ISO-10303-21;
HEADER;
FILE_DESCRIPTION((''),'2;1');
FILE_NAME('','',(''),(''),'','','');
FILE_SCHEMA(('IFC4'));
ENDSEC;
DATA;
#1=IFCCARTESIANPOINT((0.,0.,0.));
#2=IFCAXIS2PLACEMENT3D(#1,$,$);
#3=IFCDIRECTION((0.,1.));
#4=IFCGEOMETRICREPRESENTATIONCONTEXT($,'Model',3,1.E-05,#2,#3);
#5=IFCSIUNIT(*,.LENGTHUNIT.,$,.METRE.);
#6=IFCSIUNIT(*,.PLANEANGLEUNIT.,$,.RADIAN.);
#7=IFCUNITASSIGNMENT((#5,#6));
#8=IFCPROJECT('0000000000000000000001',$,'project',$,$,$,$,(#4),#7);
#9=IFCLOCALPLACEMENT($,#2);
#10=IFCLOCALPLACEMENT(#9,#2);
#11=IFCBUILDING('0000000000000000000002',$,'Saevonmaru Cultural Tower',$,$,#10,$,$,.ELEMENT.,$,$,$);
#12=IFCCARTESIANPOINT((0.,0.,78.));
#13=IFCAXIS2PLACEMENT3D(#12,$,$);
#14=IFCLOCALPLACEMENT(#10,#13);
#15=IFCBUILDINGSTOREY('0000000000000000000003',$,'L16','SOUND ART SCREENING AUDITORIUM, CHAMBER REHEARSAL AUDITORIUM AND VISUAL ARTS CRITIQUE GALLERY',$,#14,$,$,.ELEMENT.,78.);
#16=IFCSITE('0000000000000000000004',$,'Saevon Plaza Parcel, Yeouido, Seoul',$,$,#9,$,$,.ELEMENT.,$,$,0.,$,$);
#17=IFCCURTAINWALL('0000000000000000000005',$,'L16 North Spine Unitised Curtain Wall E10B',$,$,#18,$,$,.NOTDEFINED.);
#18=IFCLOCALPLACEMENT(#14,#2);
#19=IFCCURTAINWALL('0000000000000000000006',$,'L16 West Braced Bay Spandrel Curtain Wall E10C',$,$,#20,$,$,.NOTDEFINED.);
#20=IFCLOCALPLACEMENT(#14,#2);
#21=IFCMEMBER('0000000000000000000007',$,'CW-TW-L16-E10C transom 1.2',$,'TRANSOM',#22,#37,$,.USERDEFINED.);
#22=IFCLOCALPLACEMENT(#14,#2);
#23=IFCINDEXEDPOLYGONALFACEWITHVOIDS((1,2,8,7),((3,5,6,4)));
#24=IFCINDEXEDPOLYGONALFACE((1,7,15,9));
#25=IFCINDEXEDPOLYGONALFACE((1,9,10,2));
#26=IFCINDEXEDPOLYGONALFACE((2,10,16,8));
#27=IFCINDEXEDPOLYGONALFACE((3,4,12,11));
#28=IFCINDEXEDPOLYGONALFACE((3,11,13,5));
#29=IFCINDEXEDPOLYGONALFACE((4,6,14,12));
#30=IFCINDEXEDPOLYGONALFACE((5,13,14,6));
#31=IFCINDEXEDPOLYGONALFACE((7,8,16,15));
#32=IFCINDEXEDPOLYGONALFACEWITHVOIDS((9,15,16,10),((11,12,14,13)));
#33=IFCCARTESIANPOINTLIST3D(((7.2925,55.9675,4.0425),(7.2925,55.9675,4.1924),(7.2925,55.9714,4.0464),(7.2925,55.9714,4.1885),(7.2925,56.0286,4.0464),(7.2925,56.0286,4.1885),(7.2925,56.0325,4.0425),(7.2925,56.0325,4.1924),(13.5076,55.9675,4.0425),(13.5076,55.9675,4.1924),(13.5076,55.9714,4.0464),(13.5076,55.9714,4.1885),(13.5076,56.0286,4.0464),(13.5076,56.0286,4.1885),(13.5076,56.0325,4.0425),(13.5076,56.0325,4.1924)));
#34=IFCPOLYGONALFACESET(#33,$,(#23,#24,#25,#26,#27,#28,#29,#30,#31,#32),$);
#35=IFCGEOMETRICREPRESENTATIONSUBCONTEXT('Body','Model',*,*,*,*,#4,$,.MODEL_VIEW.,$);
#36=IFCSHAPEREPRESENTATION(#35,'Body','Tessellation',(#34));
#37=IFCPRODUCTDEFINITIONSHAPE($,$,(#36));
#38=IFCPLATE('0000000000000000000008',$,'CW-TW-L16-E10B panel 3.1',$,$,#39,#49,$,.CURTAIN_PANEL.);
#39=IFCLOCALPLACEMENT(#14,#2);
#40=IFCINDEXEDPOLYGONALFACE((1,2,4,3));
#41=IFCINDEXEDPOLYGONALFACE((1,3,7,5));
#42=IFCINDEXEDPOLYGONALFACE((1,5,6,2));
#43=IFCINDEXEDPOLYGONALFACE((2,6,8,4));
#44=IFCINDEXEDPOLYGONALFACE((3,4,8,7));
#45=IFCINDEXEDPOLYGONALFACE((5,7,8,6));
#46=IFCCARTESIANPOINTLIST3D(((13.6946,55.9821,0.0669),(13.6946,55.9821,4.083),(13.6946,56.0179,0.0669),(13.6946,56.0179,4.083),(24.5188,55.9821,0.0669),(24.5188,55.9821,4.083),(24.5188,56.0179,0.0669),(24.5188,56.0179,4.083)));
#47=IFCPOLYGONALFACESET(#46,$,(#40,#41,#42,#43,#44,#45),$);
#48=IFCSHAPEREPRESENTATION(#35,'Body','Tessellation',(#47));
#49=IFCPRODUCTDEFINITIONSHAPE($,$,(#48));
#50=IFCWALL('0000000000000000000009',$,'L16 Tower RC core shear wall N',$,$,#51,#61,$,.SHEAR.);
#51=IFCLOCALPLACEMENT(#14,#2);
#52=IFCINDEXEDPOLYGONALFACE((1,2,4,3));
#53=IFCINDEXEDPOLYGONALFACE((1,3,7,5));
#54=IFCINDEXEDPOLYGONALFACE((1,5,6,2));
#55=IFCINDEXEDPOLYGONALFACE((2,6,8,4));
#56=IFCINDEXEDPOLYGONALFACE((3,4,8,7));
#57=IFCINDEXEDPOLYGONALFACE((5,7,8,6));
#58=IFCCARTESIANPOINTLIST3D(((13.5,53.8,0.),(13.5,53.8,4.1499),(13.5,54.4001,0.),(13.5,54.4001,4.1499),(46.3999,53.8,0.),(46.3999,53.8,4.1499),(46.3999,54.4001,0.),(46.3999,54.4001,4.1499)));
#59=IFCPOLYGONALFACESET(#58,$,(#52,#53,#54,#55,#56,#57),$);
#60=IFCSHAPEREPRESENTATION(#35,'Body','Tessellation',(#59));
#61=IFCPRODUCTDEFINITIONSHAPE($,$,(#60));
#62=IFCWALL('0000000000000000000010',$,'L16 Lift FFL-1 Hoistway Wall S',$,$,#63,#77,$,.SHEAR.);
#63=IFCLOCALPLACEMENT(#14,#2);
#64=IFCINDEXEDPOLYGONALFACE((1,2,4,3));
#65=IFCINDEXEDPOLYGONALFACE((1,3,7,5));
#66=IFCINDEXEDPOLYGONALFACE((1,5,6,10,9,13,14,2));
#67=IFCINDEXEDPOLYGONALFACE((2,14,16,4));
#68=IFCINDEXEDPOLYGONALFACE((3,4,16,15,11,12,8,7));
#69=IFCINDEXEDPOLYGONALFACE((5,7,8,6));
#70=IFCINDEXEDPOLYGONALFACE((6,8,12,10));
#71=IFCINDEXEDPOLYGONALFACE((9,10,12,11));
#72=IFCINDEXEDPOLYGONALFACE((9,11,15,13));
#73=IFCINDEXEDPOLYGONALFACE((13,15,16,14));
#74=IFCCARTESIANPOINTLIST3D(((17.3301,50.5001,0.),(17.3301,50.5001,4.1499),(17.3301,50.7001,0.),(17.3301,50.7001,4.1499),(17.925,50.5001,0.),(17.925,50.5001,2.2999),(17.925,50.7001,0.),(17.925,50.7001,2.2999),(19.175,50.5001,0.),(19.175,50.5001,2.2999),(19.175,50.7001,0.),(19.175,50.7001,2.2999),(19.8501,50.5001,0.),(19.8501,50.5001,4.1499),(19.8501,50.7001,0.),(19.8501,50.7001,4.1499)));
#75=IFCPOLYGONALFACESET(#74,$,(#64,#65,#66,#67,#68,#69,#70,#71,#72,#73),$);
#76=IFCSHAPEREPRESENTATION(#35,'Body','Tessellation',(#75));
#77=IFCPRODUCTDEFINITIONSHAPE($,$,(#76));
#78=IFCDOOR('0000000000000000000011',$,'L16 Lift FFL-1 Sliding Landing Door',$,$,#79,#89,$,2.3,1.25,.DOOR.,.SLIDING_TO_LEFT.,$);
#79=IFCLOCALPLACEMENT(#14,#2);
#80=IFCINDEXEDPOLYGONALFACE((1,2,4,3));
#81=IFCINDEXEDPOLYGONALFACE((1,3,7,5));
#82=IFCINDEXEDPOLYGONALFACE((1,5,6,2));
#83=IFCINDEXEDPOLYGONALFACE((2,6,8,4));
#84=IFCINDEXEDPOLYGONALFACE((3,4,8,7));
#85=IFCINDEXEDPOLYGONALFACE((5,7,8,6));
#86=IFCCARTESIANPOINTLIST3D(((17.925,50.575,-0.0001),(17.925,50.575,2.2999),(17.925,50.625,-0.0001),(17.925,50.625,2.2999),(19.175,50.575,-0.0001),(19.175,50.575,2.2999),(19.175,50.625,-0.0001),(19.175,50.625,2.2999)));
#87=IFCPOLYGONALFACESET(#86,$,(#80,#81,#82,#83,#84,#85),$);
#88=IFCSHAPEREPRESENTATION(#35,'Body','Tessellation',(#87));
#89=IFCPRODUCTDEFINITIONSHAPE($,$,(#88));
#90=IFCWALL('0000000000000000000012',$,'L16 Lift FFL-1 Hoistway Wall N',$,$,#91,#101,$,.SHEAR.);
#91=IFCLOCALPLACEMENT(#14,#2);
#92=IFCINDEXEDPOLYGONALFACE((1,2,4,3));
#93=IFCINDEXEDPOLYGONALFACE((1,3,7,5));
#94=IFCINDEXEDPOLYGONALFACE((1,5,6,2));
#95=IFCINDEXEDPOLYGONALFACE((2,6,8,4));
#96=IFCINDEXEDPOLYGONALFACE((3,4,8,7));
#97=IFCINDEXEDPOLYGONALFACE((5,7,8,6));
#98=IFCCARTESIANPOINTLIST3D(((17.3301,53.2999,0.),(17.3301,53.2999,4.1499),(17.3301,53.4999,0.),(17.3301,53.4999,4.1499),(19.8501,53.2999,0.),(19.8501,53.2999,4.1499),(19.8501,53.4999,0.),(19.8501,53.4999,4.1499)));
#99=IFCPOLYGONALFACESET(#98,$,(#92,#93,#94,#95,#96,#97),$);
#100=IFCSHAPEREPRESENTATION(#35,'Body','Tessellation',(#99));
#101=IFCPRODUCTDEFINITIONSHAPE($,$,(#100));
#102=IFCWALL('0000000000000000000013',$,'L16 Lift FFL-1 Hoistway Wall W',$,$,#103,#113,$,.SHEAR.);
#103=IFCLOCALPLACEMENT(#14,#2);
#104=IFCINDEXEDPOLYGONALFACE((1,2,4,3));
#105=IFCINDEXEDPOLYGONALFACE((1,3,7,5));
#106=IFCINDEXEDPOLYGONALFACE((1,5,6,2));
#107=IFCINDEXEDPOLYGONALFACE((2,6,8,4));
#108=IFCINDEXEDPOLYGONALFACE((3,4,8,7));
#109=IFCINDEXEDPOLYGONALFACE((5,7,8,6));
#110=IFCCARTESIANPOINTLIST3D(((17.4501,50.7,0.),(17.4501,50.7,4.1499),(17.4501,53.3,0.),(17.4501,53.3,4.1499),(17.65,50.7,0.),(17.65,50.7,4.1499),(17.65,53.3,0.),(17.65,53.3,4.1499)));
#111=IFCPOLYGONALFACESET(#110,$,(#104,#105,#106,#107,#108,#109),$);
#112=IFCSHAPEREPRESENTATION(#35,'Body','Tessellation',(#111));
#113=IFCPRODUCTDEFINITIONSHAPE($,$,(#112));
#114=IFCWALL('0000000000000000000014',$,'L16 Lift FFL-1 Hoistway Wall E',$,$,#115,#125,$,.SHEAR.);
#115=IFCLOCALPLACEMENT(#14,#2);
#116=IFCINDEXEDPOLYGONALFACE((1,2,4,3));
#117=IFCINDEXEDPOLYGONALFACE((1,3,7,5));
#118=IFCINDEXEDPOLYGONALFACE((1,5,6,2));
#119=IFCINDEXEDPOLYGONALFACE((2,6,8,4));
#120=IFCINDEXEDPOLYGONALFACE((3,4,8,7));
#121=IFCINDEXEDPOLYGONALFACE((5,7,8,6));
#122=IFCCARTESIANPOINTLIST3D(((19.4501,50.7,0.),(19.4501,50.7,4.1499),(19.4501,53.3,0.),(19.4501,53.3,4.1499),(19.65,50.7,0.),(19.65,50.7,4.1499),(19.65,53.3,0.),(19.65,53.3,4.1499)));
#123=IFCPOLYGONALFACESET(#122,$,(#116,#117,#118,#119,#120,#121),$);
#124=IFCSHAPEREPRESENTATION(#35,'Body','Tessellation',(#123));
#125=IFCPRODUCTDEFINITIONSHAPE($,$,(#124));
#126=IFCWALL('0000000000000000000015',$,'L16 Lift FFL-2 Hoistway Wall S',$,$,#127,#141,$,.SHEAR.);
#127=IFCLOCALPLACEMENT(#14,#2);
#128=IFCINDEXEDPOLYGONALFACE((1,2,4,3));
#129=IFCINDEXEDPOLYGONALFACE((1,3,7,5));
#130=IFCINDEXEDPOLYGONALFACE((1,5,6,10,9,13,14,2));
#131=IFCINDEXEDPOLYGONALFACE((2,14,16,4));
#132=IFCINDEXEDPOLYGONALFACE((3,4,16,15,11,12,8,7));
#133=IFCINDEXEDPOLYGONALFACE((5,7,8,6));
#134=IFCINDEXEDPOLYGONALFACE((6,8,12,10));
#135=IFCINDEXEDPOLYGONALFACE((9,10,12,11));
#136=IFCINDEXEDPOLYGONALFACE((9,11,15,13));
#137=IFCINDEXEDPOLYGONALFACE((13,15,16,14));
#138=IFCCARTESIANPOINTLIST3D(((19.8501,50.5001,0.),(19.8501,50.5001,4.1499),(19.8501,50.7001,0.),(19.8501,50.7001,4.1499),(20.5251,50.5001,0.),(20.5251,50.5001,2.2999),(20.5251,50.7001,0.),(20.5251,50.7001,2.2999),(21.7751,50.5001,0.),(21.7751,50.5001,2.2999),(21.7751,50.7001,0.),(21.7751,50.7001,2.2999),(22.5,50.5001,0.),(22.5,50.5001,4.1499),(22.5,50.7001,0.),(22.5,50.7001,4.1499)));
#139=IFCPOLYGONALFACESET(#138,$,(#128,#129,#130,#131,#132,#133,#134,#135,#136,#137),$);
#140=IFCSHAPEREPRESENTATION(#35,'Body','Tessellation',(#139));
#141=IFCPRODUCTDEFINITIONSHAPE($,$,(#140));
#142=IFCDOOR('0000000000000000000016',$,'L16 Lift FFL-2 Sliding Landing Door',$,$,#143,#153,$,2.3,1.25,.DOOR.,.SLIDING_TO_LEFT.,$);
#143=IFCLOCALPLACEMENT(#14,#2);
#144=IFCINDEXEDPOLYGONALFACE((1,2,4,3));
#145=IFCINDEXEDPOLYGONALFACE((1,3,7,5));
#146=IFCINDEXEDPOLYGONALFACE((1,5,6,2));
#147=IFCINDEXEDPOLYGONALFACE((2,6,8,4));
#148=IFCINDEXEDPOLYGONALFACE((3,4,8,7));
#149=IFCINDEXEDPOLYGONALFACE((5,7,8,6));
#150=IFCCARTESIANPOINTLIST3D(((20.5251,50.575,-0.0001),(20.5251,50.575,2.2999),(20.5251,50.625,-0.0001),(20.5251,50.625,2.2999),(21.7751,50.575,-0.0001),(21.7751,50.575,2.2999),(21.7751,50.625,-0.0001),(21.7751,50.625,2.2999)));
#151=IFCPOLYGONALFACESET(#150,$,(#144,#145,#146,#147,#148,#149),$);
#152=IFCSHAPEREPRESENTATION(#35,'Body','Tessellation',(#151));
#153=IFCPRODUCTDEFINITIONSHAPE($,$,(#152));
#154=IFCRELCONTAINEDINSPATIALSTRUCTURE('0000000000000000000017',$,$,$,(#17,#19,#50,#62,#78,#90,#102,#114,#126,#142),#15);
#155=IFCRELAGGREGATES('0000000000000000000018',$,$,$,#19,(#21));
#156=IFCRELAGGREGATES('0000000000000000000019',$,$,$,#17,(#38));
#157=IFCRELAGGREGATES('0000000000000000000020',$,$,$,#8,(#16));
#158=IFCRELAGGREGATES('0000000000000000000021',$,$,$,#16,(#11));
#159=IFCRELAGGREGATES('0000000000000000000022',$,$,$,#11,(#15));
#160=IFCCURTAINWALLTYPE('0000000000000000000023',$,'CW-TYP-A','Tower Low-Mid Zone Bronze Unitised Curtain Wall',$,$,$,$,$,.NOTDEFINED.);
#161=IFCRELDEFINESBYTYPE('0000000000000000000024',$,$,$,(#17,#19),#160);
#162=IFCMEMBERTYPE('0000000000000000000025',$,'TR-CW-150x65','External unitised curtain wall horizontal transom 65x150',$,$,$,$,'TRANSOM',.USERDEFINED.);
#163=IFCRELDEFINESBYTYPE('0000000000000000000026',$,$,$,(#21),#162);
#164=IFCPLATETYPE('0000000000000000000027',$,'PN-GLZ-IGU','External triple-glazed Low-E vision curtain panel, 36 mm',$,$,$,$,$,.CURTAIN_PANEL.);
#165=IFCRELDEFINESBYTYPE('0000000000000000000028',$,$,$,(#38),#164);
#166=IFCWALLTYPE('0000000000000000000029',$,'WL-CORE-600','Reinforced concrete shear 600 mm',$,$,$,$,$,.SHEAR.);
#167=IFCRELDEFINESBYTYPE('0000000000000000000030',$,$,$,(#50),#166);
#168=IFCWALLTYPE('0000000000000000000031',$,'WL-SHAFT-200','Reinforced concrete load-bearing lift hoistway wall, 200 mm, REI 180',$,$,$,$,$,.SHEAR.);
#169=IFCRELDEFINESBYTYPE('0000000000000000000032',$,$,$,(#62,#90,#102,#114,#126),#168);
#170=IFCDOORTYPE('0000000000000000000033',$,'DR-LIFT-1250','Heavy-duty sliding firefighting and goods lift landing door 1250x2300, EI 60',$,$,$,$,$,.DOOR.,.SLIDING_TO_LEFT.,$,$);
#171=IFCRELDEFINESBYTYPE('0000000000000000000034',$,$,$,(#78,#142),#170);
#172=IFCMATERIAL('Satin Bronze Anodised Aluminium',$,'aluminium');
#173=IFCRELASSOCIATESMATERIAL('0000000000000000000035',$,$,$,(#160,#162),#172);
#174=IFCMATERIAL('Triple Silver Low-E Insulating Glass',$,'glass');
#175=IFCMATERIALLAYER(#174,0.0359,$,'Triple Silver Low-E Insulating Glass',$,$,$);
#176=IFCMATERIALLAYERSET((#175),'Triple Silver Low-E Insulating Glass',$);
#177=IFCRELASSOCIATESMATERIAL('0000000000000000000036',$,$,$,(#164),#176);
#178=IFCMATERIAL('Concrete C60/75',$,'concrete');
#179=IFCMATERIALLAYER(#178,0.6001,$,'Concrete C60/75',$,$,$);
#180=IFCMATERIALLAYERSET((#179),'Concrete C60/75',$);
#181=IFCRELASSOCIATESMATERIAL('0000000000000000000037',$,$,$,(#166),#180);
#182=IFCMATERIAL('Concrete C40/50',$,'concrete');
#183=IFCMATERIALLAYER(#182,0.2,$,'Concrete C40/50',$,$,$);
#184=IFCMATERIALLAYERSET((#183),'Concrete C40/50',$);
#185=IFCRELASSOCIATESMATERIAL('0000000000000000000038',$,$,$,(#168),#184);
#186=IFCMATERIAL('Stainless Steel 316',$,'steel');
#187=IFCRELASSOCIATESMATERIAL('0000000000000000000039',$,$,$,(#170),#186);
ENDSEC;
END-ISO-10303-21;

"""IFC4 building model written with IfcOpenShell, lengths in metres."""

from ifc_helpers import new_model, si_unit, direction, frame, frame_2d, origin, origin_2d, place, context, subcontext, project, spatial, rectangle, hollow_rectangle, extrude, material, layer, layer_set, material_profile, profile_set, type_object, element, fill, aggregate, save


model = new_model("IFC4")

# Units and contexts
model_context = context("Model", 3, precision=1e-05, world=origin(), true_north=direction((0.0, 1.0)))
body_context = subcontext(model_context, "Body", "Model", "MODEL_VIEW")
ifc_project = project(units=[si_unit("LENGTHUNIT", "METRE"), si_unit("PLANEANGLEUNIT", "RADIAN")], contexts=[model_context])

# Site, building, storey
site_placement = place(None, origin())
site = spatial("IfcSite", under=ifc_project, at=site_placement, Name="Saevon Plaza Parcel, Yeouido, Seoul", CompositionType="ELEMENT", RefElevation=0.0)
building_placement = place(site_placement, origin())
building = spatial("IfcBuilding", under=site, at=building_placement, Name="Saevonmaru Cultural Tower", CompositionType="ELEMENT")
storey_placement = place(building_placement, frame((0.0, 0.0, 78.0)))
storey = spatial("IfcBuildingStorey", under=building, at=storey_placement, Name="L16", Description="SOUND ART SCREENING AUDITORIUM, CHAMBER REHEARSAL AUDITORIUM AND VISUAL ARTS CRITIQUE GALLERY", CompositionType="ELEMENT", Elevation=78.0)

# Curtain wall
ifc_material_1 = material(Name="Satin Bronze Anodised Aluminium", Category="aluminium")
curtain_wall_type = type_object("IfcCurtainWallType", Name="CW-TYP-A", Description="Tower Low-Mid Zone Bronze Unitised Curtain Wall", PredefinedType="NOTDEFINED", material=ifc_material_1)
curtain_wall_1_placement = place(storey_placement, origin())
curtain_wall_1 = element("IfcCurtainWall", 1, at=curtain_wall_1_placement, inside=storey, type_object=curtain_wall_type, Name="L16 North Spine Unitised Curtain Wall E10B", PredefinedType="NOTDEFINED")

# Curtain wall, member
curtain_wall_2_placement = place(storey_placement, origin())
curtain_wall_2 = element("IfcCurtainWall", 2, at=curtain_wall_2_placement, inside=storey, type_object=curtain_wall_type, Name="L16 West Braced Bay Spandrel Curtain Wall E10C", PredefinedType="NOTDEFINED")
ifc_material_profile_1 = material_profile(ifc_material_1, hollow_rectangle(XDim=0.0649, YDim=0.1499, WallThickness=0.0039, at=origin_2d()), Name="ALU-TRAN-150x65x4")
ifc_profile_set_1 = profile_set([ifc_material_profile_1], Name="Satin Bronze Anodised Aluminium")
member_type_1 = type_object("IfcMemberType", Name="TR-CW-150x65", Description="External unitised curtain wall horizontal transom 65x150", ElementType="TRANSOM", PredefinedType="USERDEFINED", material=ifc_profile_set_1)
member_1_placement = place(storey_placement, frame((13.5076, 56.0, 4.1174), z_axis=(-1.0, 0.0, 0.0), x_axis=(0.0, -1.0, 0.0)))
member_1 = element("IfcMember", 3, at=member_1_placement, type_object=member_type_1, Name="CW-TW-L16-E10C transom 1.2", ObjectType="TRANSOM", PredefinedType="USERDEFINED", context=body_context, shape_type="SweptSolid", body=[
    extrude(hollow_rectangle(XDim=0.0649, YDim=0.1499, WallThickness=0.0039, at=origin_2d()), origin(), (0.0, 0.0, 1.0), 6.2151),
])
aggregate(curtain_wall_2, [member_1])

# Plate
ifc_material_2 = material(Name="Triple Silver Low-E Insulating Glass", Category="glass")
ifc_layer_1 = layer(ifc_material_2, 0.0359, Name="Triple Silver Low-E Insulating Glass")
ifc_layer_set_1 = layer_set([ifc_layer_1], Name="Triple Silver Low-E Insulating Glass")
plate_type = type_object("IfcPlateType", Name="PN-GLZ-IGU", Description="External triple-glazed Low-E vision curtain panel, 36 mm", PredefinedType="CURTAIN_PANEL", material=ifc_layer_set_1)
plate_placement = place(storey_placement, frame((19.1067, 56.0, 0.0669), z_axis=(0.0, 0.0, 1.0), x_axis=(-1.0, 0.0, 0.0)))
plate = element("IfcPlate", 4, at=plate_placement, type_object=plate_type, Name="CW-TW-L16-E10B panel 3.1", PredefinedType="CURTAIN_PANEL", context=body_context, shape_type="SweptSolid", body=[
    extrude(rectangle(XDim=10.8242, YDim=0.0359, at=origin_2d()), origin(), (0.0, 0.0, 1.0), 4.0161),
])
aggregate(curtain_wall_1, [plate])

# Wall
ifc_material_3 = material(Name="Concrete C60/75", Category="concrete")
ifc_layer_2 = layer(ifc_material_3, 0.6001, Name="Concrete C60/75")
ifc_layer_set_2 = layer_set([ifc_layer_2], Name="Concrete C60/75")
wall_type_1 = type_object("IfcWallType", Name="WL-CORE-600", Description="Reinforced concrete shear 600 mm", PredefinedType="SHEAR", material=ifc_layer_set_2)
wall_1_placement = place(storey_placement, frame((13.5, 54.1001, 0.0), z_axis=(0.0, 0.0, 1.0), x_axis=(1.0, 0.0, 0.0)))
element("IfcWall", 5, at=wall_1_placement, inside=storey, type_object=wall_type_1, Name="L16 Tower RC core shear wall N", PredefinedType="SHEAR", context=body_context, shape_type="SweptSolid", body=[
    extrude(rectangle(XDim=32.8999, YDim=0.6001, at=frame_2d((16.45, 0.0))), origin(), (0.0, 0.0, 1.0), 4.1499),
])

# Wall, opening, door
ifc_material_4 = material(Name="Concrete C40/50", Category="concrete")
ifc_layer_3 = layer(ifc_material_4, 0.2, Name="Concrete C40/50")
ifc_layer_set_3 = layer_set([ifc_layer_3], Name="Concrete C40/50")
wall_type_2 = type_object("IfcWallType", Name="WL-SHAFT-200", Description="Reinforced concrete load-bearing lift hoistway wall, 200 mm, REI 180", PredefinedType="SHEAR", material=ifc_layer_set_3)
wall_2_placement = place(storey_placement, frame((17.3301, 50.6001, 0.0), z_axis=(0.0, 0.0, 1.0), x_axis=(1.0, 0.0, 0.0)))
wall_2 = element("IfcWall", 6, at=wall_2_placement, inside=storey, type_object=wall_type_2, Name="L16 Lift FFL-1 Hoistway Wall S", PredefinedType="SHEAR", context=body_context, shape_type="SweptSolid", body=[
    extrude(rectangle(XDim=2.52, YDim=0.2, at=frame_2d((1.26, 0.0))), origin(), (0.0, 0.0, 1.0), 4.1499),
])
opening_1_placement = place(wall_2_placement, frame((0.595, 0.0, 0.0)))
opening_1 = element("IfcOpeningElement", 7, at=opening_1_placement, cuts=wall_2, PredefinedType="OPENING", context=body_context, shape_type="SweptSolid", body=[
    extrude(rectangle(XDim=1.25, YDim=2.3, at=frame_2d((0.625, 1.1499))), frame((0.0, 0.1099, 0.0), z_axis=(0.0, -1.0, 0.0), x_axis=(1.0, 0.0, 0.0)), (0.0, 0.0, 1.0), 0.22),
])
ifc_material_5 = material(Name="Stainless Steel 316", Category="steel")
door_type = type_object("IfcDoorType", Name="DR-LIFT-1250", Description="Heavy-duty sliding firefighting and goods lift landing door 1250x2300, EI 60", OperationType="SLIDING_TO_LEFT", PredefinedType="DOOR", material=ifc_material_5)
door_1_placement = place(opening_1_placement, origin())
door_1 = element("IfcDoor", 8, at=door_1_placement, inside=storey, type_object=door_type, Name="L16 Lift FFL-1 Sliding Landing Door", OperationType="SLIDING_TO_LEFT", OverallHeight=2.3, OverallWidth=1.25, PredefinedType="DOOR", context=body_context, shape_type="SweptSolid", body=[
    extrude(rectangle(XDim=1.25, YDim=2.3, at=frame_2d((0.625, 1.1499))), frame((0.0, 0.0249, 0.0), z_axis=(0.0, -1.0, 0.0), x_axis=(1.0, 0.0, 0.0)), (0.0, 0.0, 1.0), 0.05),
])
fill(opening_1, door_1)

# Walls
wall_3_placement = place(storey_placement, frame((17.3301, 53.3999, 0.0), z_axis=(0.0, 0.0, 1.0), x_axis=(1.0, 0.0, 0.0)))
element("IfcWall", 9, at=wall_3_placement, inside=storey, type_object=wall_type_2, Name="L16 Lift FFL-1 Hoistway Wall N", PredefinedType="SHEAR", context=body_context, shape_type="SweptSolid", body=[
    extrude(rectangle(XDim=2.52, YDim=0.2, at=frame_2d((1.26, 0.0))), origin(), (0.0, 0.0, 1.0), 4.1499),
])
for number, where, z_axis, x_axis, name in (
    (10, (17.55, 50.7, 0.0), (0.0, 0.0, 1.0), (0.0, 1.0, 0.0), "L16 Lift FFL-1 Hoistway Wall W"),
    (11, (19.55, 50.7, 0.0), (0.0, 0.0, 1.0), (0.0, 1.0, 0.0), "L16 Lift FFL-1 Hoistway Wall E"),
):
    element("IfcWall", number, at=place(storey_placement, frame(where, z_axis=z_axis, x_axis=x_axis)), inside=storey, type_object=wall_type_2, Name=name, PredefinedType="SHEAR", context=body_context, shape_type="SweptSolid", body=[
        extrude(rectangle(XDim=2.6001, YDim=0.2, at=frame_2d((1.3, 0.0))), origin(), (0.0, 0.0, 1.0), 4.1499),
    ])

# Wall, opening, door
wall_4_placement = place(storey_placement, frame((19.8501, 50.6001, 0.0), z_axis=(0.0, 0.0, 1.0), x_axis=(1.0, 0.0, 0.0)))
wall_4 = element("IfcWall", 12, at=wall_4_placement, inside=storey, type_object=wall_type_2, Name="L16 Lift FFL-2 Hoistway Wall S", PredefinedType="SHEAR", context=body_context, shape_type="SweptSolid", body=[
    extrude(rectangle(XDim=2.6499, YDim=0.2, at=frame_2d((1.325, 0.0))), origin(), (0.0, 0.0, 1.0), 4.1499),
])
opening_2_placement = place(wall_4_placement, frame((0.675, 0.0, 0.0)))
opening_2 = element("IfcOpeningElement", 13, at=opening_2_placement, cuts=wall_4, PredefinedType="OPENING", context=body_context, shape_type="SweptSolid", body=[
    extrude(rectangle(XDim=1.25, YDim=2.3, at=frame_2d((0.625, 1.1499))), frame((0.0, 0.1099, 0.0), z_axis=(0.0, -1.0, 0.0), x_axis=(1.0, 0.0, 0.0)), (0.0, 0.0, 1.0), 0.22),
])
door_2_placement = place(opening_2_placement, origin())
door_2 = element("IfcDoor", 14, at=door_2_placement, inside=storey, type_object=door_type, Name="L16 Lift FFL-2 Sliding Landing Door", OperationType="SLIDING_TO_LEFT", OverallHeight=2.3, OverallWidth=1.25, PredefinedType="DOOR", context=body_context, shape_type="SweptSolid", body=[
    extrude(rectangle(XDim=1.25, YDim=2.3, at=frame_2d((0.625, 1.1499))), frame((0.0, 0.0249, 0.0), z_axis=(0.0, -1.0, 0.0), x_axis=(1.0, 0.0, 0.0)), (0.0, 0.0, 1.0), 0.05),
])
fill(opening_2, door_2)

save(model, "model.ifc")
